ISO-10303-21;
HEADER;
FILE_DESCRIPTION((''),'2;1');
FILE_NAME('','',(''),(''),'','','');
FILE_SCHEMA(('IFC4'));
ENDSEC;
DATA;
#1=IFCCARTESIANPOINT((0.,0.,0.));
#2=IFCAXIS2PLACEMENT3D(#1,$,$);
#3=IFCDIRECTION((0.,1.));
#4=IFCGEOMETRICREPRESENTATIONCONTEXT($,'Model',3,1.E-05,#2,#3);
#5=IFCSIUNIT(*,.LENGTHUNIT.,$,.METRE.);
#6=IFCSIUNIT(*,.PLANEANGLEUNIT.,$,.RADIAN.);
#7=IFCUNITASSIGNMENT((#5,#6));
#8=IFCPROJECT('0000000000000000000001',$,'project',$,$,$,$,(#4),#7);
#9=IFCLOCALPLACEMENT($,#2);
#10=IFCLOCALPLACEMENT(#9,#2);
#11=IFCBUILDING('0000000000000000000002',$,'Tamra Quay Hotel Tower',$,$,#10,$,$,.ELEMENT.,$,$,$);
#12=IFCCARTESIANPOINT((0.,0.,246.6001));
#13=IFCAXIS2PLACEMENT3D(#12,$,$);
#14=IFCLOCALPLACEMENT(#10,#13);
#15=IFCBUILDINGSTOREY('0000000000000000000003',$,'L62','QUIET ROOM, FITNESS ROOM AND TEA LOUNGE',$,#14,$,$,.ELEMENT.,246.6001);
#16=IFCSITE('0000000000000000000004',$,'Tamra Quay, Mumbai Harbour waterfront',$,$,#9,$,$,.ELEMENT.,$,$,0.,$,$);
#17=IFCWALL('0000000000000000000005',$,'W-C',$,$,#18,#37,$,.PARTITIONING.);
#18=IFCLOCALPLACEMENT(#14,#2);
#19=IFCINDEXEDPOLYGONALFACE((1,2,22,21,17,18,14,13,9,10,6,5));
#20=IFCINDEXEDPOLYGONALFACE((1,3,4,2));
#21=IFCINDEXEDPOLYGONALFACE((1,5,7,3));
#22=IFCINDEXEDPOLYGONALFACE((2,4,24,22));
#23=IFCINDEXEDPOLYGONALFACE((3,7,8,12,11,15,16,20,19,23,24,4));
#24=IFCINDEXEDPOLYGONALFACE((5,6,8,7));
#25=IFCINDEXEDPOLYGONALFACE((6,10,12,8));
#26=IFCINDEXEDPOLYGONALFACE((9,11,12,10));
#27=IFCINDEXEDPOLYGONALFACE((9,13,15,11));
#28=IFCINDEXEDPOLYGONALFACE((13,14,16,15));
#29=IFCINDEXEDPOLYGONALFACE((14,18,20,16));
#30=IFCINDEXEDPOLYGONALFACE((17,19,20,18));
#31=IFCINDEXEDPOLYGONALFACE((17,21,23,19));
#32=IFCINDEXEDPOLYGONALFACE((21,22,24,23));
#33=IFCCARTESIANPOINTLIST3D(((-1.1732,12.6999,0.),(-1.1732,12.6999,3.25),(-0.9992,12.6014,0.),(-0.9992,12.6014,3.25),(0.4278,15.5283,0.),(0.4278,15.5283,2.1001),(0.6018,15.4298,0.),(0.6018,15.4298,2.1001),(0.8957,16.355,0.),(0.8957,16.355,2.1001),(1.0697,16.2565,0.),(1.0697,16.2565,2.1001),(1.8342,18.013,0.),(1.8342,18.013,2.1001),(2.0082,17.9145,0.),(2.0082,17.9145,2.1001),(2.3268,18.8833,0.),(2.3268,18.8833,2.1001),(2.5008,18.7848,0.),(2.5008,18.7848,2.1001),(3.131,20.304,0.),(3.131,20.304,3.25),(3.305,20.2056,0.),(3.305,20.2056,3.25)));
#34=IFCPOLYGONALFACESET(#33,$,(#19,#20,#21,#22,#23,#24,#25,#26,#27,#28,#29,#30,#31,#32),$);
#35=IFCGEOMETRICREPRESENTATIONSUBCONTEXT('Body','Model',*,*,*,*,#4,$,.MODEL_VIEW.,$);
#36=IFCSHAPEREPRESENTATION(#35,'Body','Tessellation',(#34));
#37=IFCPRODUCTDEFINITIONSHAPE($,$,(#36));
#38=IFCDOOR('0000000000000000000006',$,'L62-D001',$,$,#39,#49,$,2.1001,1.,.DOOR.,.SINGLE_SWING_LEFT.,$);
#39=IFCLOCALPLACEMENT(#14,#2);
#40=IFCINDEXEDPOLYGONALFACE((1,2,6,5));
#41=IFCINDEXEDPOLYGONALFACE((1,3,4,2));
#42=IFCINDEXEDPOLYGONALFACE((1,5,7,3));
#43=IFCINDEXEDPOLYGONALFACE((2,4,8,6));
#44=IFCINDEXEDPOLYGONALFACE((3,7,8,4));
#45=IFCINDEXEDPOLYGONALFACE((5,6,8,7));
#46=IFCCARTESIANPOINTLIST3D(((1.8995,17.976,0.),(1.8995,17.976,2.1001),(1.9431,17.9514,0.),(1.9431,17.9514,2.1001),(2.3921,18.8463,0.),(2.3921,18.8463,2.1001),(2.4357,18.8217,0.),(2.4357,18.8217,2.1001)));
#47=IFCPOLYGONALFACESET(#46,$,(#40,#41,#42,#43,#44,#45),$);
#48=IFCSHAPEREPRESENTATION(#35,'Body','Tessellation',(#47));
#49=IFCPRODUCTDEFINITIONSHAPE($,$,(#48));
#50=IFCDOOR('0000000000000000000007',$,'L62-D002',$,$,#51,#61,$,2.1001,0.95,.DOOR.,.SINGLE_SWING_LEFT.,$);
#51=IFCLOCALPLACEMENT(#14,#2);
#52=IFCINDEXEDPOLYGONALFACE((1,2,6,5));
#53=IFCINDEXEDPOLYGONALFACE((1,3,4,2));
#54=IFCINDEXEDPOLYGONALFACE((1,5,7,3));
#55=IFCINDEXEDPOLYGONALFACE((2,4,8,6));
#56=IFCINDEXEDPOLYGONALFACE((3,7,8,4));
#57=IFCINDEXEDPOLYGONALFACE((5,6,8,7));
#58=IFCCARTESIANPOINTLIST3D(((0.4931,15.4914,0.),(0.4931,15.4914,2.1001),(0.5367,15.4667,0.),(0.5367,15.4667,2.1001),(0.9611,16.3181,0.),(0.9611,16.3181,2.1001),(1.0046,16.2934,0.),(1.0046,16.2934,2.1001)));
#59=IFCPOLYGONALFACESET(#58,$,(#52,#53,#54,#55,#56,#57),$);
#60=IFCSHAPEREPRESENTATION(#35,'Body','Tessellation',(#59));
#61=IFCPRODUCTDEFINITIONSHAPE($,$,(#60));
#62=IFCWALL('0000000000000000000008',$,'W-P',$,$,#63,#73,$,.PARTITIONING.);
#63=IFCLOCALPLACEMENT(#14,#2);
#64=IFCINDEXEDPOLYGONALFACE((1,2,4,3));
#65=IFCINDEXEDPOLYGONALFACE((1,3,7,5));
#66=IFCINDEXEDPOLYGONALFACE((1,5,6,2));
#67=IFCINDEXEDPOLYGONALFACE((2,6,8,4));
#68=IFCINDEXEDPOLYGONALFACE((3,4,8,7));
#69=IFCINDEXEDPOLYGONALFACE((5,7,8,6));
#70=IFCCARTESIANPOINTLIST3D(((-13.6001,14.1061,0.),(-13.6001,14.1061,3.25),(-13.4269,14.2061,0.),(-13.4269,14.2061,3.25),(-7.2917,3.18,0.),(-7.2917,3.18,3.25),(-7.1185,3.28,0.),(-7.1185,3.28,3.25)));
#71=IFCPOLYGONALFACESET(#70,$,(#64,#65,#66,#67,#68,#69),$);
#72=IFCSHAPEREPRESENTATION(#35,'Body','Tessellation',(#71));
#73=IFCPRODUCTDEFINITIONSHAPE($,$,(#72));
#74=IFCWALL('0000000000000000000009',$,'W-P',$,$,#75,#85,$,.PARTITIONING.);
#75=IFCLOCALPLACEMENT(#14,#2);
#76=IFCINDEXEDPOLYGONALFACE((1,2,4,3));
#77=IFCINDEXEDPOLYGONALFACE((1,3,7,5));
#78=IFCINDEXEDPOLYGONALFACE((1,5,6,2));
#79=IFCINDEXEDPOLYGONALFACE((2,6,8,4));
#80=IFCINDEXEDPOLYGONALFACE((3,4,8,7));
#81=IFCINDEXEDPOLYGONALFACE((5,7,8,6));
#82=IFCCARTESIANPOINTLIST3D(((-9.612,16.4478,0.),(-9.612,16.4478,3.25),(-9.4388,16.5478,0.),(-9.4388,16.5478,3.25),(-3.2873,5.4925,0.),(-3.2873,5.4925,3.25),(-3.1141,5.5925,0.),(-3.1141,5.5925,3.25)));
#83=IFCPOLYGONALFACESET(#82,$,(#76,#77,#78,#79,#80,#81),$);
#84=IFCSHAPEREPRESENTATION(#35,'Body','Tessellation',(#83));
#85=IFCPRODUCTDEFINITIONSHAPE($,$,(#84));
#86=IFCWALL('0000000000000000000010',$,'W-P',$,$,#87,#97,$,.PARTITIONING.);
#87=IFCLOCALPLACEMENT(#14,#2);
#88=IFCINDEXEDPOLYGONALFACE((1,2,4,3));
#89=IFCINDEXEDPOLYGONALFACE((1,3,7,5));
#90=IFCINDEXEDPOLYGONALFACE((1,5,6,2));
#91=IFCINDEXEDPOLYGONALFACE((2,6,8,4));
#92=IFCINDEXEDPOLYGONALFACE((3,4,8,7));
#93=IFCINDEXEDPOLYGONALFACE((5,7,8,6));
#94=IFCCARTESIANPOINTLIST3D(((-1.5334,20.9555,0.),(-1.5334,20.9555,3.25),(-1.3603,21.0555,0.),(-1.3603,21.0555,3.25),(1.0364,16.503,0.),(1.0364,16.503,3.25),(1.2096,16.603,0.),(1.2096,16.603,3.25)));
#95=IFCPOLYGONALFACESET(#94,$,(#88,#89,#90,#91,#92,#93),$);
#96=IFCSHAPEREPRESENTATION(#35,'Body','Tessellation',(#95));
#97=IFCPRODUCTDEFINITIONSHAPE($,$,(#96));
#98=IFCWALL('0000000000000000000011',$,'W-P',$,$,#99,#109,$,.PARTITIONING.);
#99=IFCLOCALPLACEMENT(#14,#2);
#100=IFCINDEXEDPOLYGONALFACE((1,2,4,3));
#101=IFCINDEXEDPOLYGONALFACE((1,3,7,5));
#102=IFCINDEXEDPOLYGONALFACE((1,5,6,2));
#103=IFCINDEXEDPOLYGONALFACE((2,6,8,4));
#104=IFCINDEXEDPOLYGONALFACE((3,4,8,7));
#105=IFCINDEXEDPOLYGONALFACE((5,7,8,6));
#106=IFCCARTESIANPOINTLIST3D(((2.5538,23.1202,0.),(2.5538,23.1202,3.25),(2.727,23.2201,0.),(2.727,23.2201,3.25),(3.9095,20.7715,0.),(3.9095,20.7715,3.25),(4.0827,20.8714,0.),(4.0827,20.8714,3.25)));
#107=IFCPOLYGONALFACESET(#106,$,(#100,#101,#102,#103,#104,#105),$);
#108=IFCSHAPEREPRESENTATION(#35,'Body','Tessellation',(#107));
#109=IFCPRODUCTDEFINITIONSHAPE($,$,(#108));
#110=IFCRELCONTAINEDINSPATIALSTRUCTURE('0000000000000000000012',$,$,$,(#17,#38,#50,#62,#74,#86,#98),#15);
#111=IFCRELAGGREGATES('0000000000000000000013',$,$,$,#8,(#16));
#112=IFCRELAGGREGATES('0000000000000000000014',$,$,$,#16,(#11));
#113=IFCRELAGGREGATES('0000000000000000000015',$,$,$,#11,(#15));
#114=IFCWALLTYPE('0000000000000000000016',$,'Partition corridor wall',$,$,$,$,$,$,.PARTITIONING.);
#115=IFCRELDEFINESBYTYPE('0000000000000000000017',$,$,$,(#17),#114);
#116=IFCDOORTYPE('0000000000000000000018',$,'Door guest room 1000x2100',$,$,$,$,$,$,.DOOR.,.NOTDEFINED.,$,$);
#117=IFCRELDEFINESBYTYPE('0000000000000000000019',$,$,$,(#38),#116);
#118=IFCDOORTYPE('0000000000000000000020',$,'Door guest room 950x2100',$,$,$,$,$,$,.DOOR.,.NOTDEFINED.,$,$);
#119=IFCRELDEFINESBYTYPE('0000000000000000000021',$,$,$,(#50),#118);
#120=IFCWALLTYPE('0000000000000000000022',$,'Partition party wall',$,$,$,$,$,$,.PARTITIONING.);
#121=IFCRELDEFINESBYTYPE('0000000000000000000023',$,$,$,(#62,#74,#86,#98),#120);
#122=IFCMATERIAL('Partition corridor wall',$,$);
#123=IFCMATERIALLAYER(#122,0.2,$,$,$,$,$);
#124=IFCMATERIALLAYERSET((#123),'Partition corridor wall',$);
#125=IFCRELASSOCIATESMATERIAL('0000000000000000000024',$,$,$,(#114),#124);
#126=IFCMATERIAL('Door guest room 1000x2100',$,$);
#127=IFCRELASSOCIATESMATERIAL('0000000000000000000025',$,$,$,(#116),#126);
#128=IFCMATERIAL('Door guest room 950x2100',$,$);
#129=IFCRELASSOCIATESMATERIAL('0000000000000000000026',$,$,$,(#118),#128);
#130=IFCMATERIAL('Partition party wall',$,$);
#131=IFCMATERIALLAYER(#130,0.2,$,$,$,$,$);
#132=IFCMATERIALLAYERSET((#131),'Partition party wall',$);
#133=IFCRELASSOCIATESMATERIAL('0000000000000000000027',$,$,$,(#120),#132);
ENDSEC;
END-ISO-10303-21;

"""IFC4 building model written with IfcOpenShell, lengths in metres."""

from ifc_helpers import new_model, si_unit, direction, frame, frame_2d, origin, place, context, subcontext, project, spatial, rectangle, extrude, material, layer, layer_set, type_object, element, fill, save


model = new_model("IFC4")

# Units and contexts
model_context = context("Model", 3, precision=1e-05, world=origin(), true_north=direction((0.0, 1.0)))
body_context = subcontext(model_context, "Body", "Model", "MODEL_VIEW")
ifc_project = project(units=[si_unit("LENGTHUNIT", "METRE"), si_unit("PLANEANGLEUNIT", "RADIAN")], contexts=[model_context])

# Site, building, storey
site_placement = place(None, origin())
site = spatial("IfcSite", under=ifc_project, at=site_placement, Name="Tamra Quay, Mumbai Harbour waterfront", CompositionType="ELEMENT", RefElevation=0.0)
building_placement = place(site_placement, origin())
building = spatial("IfcBuilding", under=site, at=building_placement, Name="Tamra Quay Hotel Tower", CompositionType="ELEMENT")
storey_placement = place(building_placement, frame((0.0, 0.0, 246.6001)))
storey = spatial("IfcBuildingStorey", under=building, at=storey_placement, Name="L62", Description="QUIET ROOM, FITNESS ROOM AND TEA LOUNGE", CompositionType="ELEMENT", Elevation=246.6001)

# Wall, openings, doors
ifc_material_1 = material(Name="Partition corridor wall")
ifc_layer_1 = layer(ifc_material_1, 0.2)
ifc_layer_set_1 = layer_set([ifc_layer_1], Name="Partition corridor wall")
wall_type_1 = type_object("IfcWallType", Name="Partition corridor wall", PredefinedType="PARTITIONING", material=ifc_layer_set_1)
wall_1_placement = place(storey_placement, frame((-1.0862, 12.6506, 0.0), z_axis=(0.0, 0.0, 1.0), x_axis=(0.49259, 0.870261, 0.0)))
wall_1 = element("IfcWall", 1, at=wall_1_placement, inside=storey, type_object=wall_type_1, Name="W-C", PredefinedType="PARTITIONING", context=body_context, shape_type="SweptSolid", body=[
    extrude(rectangle(XDim=8.7378, YDim=0.2, at=frame_2d((4.3689, 0.0))), origin(), (0.0, 0.0, 1.0), 3.25),
])
opening_1_placement = place(wall_1_placement, frame((6.1052, 0.0, 0.0)))
opening_1 = element("IfcOpeningElement", 2, at=opening_1_placement, cuts=wall_1, PredefinedType="OPENING", context=body_context, shape_type="SweptSolid", body=[
    extrude(rectangle(XDim=1.0, YDim=2.1001, at=frame_2d((0.5, 1.05))), frame((0.0, 0.1099, 0.0), z_axis=(0.0, -1.0, 0.0), x_axis=(1.0, 0.0, 0.0)), (0.0, 0.0, 1.0), 0.22),
])
opening_2_placement = place(wall_1_placement, frame((3.25, 0.0, 0.0)))
opening_2 = element("IfcOpeningElement", 3, at=opening_2_placement, cuts=wall_1, PredefinedType="OPENING", context=body_context, shape_type="SweptSolid", body=[
    extrude(rectangle(XDim=0.95, YDim=2.1001, at=frame_2d((0.4751, 1.05))), frame((0.0, 0.1099, 0.0), z_axis=(0.0, -1.0, 0.0), x_axis=(1.0, 0.0, 0.0)), (0.0, 0.0, 1.0), 0.22),
])
ifc_material_2 = material(Name="Door guest room 1000x2100")
door_type_1 = type_object("IfcDoorType", Name="Door guest room 1000x2100", OperationType="NOTDEFINED", PredefinedType="DOOR", material=ifc_material_2)
door_1_placement = place(opening_1_placement, origin())
door_1 = element("IfcDoor", 4, at=door_1_placement, inside=storey, type_object=door_type_1, Name="L62-D001", OperationType="SINGLE_SWING_LEFT", OverallHeight=2.1001, OverallWidth=1.0, PredefinedType="DOOR", context=body_context, shape_type="SweptSolid", body=[
    extrude(rectangle(XDim=1.0, YDim=2.1001, at=frame_2d((0.5, 1.05))), frame((0.0, 0.0249, 0.0), z_axis=(0.0, -1.0, 0.0), x_axis=(1.0, 0.0, 0.0)), (0.0, 0.0, 1.0), 0.05),
])
fill(opening_1, door_1)
ifc_material_3 = material(Name="Door guest room 950x2100")
door_type_2 = type_object("IfcDoorType", Name="Door guest room 950x2100", OperationType="NOTDEFINED", PredefinedType="DOOR", material=ifc_material_3)
door_2_placement = place(opening_2_placement, origin())
door_2 = element("IfcDoor", 5, at=door_2_placement, inside=storey, type_object=door_type_2, Name="L62-D002", OperationType="SINGLE_SWING_LEFT", OverallHeight=2.1001, OverallWidth=0.95, PredefinedType="DOOR", context=body_context, shape_type="SweptSolid", body=[
    extrude(rectangle(XDim=0.95, YDim=2.1001, at=frame_2d((0.4751, 1.05))), frame((0.0, 0.0249, 0.0), z_axis=(0.0, -1.0, 0.0), x_axis=(1.0, 0.0, 0.0)), (0.0, 0.0, 1.0), 0.05),
])
fill(opening_2, door_2)

# Walls
ifc_material_4 = material(Name="Partition party wall")
ifc_layer_2 = layer(ifc_material_4, 0.2)
ifc_layer_set_2 = layer_set([ifc_layer_2], Name="Partition party wall")
wall_type_2 = type_object("IfcWallType", Name="Partition party wall", PredefinedType="PARTITIONING", material=ifc_layer_set_2)
wall_2_placement = place(storey_placement, frame((-13.5134, 14.156, 0.0), z_axis=(0.0, 0.0, 1.0), x_axis=(0.500012, -0.866018, 0.0)))
element("IfcWall", 6, at=wall_2_placement, inside=storey, type_object=wall_type_2, Name="W-P", PredefinedType="PARTITIONING", context=body_context, shape_type="SweptSolid", body=[
    extrude(rectangle(XDim=12.6165, YDim=0.2, at=frame_2d((6.3081, 0.0))), origin(), (0.0, 0.0, 1.0), 3.25),
])
wall_3_placement = place(storey_placement, frame((-9.5254, 16.4978, 0.0), z_axis=(0.0, 0.0, 1.0), x_axis=(0.499979, -0.866037, 0.0)))
element("IfcWall", 7, at=wall_3_placement, inside=storey, type_object=wall_type_2, Name="W-P", PredefinedType="PARTITIONING", context=body_context, shape_type="SweptSolid", body=[
    extrude(rectangle(XDim=12.6499, YDim=0.2, at=frame_2d((6.325, 0.0))), origin(), (0.0, 0.0, 1.0), 3.25),
])
wall_4_placement = place(storey_placement, frame((-1.4468, 21.0054, 0.0), z_axis=(0.0, 0.0, 1.0), x_axis=(0.499888, -0.86609, 0.0)))
element("IfcWall", 8, at=wall_4_placement, inside=storey, type_object=wall_type_2, Name="W-P", PredefinedType="PARTITIONING", context=body_context, shape_type="SweptSolid", body=[
    extrude(rectangle(XDim=5.1409, YDim=0.2, at=frame_2d((2.5703, 0.0))), origin(), (0.0, 0.0, 1.0), 3.25),
])
wall_5_placement = place(storey_placement, frame((2.6404, 23.1702, 0.0), z_axis=(0.0, 0.0, 1.0), x_axis=(0.499925, -0.866069, 0.0)))
element("IfcWall", 9, at=wall_5_placement, inside=storey, type_object=wall_type_2, Name="W-P", PredefinedType="PARTITIONING", context=body_context, shape_type="SweptSolid", body=[
    extrude(rectangle(XDim=2.7119, YDim=0.2, at=frame_2d((1.356, 0.0))), origin(), (0.0, 0.0, 1.0), 3.25),
])

save(model, "model.ifc")
